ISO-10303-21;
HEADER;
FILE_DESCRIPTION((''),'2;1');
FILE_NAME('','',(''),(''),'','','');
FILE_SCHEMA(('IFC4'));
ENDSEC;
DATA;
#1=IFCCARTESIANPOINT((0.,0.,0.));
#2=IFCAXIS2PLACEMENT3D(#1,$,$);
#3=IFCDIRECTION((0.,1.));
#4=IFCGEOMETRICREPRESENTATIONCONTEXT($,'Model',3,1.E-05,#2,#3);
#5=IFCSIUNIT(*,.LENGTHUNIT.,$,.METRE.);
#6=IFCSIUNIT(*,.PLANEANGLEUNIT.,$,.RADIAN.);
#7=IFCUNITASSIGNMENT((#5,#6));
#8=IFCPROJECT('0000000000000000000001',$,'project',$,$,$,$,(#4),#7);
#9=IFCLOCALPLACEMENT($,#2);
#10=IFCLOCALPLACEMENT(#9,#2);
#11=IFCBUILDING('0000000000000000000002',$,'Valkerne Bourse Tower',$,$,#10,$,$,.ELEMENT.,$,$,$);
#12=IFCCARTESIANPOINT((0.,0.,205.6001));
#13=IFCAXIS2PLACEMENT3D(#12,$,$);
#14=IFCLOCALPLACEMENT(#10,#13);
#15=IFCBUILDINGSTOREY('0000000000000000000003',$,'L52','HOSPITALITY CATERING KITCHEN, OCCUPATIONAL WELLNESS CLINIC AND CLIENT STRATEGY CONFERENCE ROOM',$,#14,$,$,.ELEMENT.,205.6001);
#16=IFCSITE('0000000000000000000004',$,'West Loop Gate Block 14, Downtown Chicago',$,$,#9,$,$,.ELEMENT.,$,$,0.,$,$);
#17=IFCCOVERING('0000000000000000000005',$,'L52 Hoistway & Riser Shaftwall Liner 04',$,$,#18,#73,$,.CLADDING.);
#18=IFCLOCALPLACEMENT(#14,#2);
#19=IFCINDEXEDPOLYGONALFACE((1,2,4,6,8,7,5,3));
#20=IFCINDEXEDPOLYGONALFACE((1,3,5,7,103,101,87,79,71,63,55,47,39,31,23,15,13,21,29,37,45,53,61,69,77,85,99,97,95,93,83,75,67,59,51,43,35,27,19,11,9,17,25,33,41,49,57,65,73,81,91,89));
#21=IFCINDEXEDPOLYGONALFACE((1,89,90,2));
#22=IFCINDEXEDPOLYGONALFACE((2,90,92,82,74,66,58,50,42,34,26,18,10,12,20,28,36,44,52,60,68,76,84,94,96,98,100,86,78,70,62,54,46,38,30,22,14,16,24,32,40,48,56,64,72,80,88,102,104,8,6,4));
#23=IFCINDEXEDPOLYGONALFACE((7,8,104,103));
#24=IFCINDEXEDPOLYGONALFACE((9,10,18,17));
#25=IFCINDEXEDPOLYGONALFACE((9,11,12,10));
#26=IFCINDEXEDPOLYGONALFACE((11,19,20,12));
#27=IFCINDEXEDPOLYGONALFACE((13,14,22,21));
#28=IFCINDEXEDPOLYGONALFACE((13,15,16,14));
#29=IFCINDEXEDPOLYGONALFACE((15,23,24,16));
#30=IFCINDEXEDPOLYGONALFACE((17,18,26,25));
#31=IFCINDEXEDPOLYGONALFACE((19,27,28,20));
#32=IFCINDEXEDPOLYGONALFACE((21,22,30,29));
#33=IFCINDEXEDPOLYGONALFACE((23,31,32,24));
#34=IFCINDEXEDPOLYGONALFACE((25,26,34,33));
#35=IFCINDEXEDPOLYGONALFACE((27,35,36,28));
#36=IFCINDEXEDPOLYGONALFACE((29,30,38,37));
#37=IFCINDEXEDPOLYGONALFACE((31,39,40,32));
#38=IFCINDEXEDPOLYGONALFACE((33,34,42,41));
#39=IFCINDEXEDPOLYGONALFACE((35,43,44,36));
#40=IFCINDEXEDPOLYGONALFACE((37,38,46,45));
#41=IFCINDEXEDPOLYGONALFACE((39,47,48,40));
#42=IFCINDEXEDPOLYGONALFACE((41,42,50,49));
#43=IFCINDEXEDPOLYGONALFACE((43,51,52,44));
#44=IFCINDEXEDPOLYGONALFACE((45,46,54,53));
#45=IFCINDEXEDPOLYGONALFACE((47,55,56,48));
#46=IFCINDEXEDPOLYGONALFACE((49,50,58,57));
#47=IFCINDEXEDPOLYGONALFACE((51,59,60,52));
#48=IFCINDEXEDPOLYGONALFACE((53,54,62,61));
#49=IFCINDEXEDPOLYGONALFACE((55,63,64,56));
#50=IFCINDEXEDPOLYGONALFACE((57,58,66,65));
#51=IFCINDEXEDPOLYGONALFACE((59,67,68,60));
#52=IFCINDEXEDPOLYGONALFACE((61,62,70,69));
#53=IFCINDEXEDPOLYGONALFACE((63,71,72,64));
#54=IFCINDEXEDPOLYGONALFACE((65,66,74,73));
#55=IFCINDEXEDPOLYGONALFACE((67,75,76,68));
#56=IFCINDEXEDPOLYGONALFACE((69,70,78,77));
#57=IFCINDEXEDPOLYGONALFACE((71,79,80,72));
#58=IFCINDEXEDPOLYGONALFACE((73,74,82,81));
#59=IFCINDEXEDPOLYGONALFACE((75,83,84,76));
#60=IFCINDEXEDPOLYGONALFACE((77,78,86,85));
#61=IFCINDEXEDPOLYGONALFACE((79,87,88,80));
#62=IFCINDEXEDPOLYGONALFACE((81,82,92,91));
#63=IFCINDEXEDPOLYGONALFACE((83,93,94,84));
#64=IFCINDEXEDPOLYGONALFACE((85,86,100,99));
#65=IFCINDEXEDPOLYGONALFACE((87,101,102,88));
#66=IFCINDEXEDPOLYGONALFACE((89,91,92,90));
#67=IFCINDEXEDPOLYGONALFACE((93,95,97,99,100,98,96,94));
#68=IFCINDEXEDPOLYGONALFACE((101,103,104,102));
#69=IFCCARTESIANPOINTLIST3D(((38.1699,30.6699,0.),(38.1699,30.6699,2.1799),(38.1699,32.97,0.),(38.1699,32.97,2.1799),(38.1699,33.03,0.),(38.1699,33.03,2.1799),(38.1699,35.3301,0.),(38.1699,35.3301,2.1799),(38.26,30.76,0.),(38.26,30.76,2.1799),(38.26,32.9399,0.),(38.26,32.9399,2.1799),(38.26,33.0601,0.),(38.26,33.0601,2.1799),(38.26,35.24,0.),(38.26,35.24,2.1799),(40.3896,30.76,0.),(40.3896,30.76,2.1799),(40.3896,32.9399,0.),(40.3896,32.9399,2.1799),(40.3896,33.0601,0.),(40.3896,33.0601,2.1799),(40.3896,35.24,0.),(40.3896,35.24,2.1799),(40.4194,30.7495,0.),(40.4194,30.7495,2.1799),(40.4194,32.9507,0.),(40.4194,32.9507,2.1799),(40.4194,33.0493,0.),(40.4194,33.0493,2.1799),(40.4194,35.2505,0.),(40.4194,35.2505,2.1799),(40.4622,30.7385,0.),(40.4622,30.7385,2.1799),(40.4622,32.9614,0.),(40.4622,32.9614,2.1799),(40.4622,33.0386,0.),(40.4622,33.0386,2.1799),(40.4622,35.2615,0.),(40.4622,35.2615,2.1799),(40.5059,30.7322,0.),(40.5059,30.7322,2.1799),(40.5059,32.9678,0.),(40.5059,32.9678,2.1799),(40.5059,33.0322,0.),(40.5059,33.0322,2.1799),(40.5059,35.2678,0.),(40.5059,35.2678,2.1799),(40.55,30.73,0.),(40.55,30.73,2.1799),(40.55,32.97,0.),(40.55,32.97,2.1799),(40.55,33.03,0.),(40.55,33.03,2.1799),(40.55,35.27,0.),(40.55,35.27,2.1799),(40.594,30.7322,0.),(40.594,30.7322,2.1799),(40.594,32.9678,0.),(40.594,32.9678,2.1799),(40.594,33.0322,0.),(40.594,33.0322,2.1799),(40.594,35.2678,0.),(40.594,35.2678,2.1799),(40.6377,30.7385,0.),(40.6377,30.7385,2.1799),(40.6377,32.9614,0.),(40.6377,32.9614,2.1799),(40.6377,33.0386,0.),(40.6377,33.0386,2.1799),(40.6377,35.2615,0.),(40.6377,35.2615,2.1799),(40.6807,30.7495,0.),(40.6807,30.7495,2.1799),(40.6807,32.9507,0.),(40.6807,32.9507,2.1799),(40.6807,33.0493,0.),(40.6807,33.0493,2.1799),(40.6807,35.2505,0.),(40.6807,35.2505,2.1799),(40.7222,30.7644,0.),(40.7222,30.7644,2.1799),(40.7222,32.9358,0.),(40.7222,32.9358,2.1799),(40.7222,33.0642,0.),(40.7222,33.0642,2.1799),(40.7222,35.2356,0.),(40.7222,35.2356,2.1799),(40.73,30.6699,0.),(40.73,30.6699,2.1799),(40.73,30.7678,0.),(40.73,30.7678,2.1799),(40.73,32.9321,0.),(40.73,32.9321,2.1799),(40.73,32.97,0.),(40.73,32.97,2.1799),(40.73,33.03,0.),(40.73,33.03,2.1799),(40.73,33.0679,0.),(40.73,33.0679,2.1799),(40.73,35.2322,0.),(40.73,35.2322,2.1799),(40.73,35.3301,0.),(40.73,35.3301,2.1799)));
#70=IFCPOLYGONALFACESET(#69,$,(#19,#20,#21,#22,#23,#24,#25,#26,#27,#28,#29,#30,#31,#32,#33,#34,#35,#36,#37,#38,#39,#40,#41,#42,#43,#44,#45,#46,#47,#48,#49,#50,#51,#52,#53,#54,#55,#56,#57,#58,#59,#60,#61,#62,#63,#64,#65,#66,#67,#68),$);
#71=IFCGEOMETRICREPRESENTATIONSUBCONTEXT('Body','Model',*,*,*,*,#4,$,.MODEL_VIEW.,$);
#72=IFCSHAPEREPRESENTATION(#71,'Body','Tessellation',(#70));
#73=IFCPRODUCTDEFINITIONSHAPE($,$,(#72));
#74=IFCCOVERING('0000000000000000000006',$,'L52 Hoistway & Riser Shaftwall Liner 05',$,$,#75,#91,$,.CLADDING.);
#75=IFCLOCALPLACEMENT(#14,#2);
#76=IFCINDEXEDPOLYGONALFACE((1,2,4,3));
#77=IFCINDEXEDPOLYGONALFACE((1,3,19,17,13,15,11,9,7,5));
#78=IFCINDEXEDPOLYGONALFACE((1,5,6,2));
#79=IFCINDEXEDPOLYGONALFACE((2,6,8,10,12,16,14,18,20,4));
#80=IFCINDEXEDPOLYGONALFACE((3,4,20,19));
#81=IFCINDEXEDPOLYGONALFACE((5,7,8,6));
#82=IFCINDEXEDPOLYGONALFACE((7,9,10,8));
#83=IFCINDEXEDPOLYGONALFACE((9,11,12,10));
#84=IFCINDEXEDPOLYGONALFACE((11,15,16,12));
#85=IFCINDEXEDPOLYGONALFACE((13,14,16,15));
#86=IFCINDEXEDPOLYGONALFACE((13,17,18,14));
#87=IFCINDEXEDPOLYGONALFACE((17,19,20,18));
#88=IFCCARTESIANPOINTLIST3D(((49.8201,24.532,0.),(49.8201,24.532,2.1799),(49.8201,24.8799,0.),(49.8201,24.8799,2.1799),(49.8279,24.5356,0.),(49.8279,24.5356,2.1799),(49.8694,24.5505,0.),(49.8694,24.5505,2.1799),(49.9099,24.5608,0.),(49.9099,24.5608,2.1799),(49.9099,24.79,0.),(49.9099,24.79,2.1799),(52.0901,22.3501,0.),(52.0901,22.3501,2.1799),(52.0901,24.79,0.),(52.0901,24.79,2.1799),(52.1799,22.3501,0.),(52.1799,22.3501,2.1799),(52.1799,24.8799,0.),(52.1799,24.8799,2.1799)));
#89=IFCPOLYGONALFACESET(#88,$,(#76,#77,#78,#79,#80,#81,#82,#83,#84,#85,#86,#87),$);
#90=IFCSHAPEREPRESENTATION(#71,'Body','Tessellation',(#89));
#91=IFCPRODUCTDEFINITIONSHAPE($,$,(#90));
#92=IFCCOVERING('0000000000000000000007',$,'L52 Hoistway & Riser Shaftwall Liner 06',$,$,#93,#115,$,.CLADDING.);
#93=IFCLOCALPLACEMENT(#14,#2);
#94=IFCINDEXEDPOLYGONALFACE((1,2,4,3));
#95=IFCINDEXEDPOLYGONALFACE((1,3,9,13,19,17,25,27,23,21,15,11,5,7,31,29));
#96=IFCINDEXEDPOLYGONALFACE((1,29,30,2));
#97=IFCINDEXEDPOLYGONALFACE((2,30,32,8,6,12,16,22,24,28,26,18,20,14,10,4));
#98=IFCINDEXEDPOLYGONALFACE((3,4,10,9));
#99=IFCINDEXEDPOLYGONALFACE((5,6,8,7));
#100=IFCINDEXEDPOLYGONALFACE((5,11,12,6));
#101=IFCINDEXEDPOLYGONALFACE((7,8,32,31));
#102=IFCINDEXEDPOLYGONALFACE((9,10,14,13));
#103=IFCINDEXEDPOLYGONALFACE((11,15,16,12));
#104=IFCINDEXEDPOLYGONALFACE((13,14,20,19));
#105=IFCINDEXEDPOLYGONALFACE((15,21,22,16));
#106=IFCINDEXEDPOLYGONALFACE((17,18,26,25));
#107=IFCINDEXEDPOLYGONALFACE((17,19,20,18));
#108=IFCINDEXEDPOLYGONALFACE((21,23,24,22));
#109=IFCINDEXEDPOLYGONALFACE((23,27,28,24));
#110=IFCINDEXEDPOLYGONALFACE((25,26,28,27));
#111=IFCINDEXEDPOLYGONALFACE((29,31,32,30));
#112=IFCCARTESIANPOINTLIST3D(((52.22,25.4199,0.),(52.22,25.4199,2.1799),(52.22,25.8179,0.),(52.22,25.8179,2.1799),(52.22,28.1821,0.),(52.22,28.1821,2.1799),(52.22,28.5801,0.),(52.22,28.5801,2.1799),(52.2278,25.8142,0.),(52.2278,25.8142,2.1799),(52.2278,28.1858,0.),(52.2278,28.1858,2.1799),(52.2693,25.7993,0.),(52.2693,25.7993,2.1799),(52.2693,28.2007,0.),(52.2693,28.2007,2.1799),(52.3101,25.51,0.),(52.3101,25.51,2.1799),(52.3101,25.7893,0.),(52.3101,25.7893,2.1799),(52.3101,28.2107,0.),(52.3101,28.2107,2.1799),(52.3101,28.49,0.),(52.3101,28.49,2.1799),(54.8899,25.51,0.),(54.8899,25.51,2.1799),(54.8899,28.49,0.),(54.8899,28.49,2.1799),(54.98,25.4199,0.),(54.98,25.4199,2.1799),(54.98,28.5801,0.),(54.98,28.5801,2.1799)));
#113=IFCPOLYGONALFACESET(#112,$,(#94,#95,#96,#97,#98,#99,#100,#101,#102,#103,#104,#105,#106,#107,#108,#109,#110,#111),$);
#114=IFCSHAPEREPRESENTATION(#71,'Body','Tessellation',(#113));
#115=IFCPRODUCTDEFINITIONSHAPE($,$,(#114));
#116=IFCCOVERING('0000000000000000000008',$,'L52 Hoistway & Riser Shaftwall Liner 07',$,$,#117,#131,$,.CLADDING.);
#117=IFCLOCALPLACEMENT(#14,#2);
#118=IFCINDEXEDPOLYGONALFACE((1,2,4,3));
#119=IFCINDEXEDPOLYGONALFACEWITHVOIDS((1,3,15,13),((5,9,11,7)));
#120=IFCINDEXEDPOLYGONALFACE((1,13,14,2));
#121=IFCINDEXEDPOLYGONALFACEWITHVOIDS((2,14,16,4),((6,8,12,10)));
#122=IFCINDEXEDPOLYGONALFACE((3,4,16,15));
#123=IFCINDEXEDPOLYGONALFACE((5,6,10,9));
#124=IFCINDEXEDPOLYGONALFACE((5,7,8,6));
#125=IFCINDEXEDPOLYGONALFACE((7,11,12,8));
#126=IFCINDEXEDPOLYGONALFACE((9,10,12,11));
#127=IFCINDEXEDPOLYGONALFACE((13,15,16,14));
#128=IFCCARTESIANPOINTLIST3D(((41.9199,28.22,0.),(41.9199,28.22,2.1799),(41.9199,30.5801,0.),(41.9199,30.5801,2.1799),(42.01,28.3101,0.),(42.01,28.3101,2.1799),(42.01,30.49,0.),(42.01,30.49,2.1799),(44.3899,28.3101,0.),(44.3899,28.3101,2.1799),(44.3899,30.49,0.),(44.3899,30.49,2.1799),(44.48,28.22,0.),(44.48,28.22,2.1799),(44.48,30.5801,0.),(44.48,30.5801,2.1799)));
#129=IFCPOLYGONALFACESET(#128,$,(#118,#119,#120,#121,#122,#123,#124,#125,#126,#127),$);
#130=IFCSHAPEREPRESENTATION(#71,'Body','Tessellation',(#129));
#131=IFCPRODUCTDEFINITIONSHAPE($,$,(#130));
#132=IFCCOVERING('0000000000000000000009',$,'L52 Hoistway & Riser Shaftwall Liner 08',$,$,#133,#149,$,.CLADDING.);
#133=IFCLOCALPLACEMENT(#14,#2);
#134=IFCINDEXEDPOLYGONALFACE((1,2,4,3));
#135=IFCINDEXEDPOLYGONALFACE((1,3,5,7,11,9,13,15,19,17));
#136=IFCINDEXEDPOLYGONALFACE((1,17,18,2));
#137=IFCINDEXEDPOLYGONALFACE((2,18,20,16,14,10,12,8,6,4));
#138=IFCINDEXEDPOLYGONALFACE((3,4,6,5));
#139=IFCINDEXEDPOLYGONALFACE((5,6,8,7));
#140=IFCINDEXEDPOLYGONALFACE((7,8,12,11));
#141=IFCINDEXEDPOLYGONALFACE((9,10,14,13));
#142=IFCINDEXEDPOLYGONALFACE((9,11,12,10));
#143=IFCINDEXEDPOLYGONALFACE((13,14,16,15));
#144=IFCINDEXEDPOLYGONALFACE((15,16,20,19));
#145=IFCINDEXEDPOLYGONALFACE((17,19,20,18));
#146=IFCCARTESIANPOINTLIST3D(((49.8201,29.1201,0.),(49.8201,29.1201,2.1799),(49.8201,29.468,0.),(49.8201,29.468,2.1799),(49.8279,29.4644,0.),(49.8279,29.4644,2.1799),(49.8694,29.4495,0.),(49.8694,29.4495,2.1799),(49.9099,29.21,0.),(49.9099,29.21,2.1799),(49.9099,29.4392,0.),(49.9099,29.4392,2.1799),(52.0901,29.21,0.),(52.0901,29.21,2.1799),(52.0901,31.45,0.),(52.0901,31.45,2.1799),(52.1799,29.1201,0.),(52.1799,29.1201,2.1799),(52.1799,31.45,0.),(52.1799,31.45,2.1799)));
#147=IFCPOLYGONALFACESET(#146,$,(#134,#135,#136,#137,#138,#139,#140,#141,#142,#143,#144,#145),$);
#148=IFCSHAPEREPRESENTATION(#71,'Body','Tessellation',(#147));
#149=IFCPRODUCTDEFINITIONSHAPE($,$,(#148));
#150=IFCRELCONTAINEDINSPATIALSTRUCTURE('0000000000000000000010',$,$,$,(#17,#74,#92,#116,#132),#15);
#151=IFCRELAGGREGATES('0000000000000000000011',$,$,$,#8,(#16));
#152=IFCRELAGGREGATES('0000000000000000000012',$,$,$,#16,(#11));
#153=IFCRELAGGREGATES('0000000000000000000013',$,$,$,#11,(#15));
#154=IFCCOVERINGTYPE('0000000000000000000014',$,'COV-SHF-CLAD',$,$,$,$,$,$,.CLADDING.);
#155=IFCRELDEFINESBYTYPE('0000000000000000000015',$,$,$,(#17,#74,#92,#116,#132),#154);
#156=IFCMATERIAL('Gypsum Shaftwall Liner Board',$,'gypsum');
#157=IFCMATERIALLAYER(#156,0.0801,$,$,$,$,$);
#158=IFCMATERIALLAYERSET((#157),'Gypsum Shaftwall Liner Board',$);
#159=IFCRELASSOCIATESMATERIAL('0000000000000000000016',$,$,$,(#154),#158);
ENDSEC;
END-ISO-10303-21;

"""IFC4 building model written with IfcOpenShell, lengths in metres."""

from ifc_helpers import new_model, si_unit, direction, frame, origin, place, context, subcontext, project, spatial, polyline, outline, extrude, material, layer, layer_set, type_object, element, save


model = new_model("IFC4")

# Units and contexts
model_context = context("Model", 3, precision=1e-05, world=origin(), true_north=direction((0.0, 1.0)))
body_context = subcontext(model_context, "Body", "Model", "MODEL_VIEW")
ifc_project = project(units=[si_unit("LENGTHUNIT", "METRE"), si_unit("PLANEANGLEUNIT", "RADIAN")], contexts=[model_context])

# Site, building, storey
site_placement = place(None, origin())
site = spatial("IfcSite", under=ifc_project, at=site_placement, Name="West Loop Gate Block 14, Downtown Chicago", CompositionType="ELEMENT", RefElevation=0.0)
building_placement = place(site_placement, origin())
building = spatial("IfcBuilding", under=site, at=building_placement, Name="Valkerne Bourse Tower", CompositionType="ELEMENT")
storey_placement = place(building_placement, frame((0.0, 0.0, 205.6001)))
storey = spatial("IfcBuildingStorey", under=building, at=storey_placement, Name="L52", Description="HOSPITALITY CATERING KITCHEN, OCCUPATIONAL WELLNESS CLINIC AND CLIENT STRATEGY CONFERENCE ROOM", CompositionType="ELEMENT", Elevation=205.6001)

# Coverings
ifc_material_1 = material(Name="Gypsum Shaftwall Liner Board", Category="gypsum")
ifc_layer_1 = layer(ifc_material_1, 0.0801)
ifc_layer_set_1 = layer_set([ifc_layer_1], Name="Gypsum Shaftwall Liner Board")
covering_type_1 = type_object("IfcCoveringType", Name="COV-SHF-CLAD", PredefinedType="CLADDING", material=ifc_layer_set_1)
covering_1_placement = place(storey_placement, origin())
element("IfcCovering", 1, at=covering_1_placement, inside=storey, type_object=covering_type_1, Name="L52 Hoistway & Riser Shaftwall Liner 04", PredefinedType="CLADDING", context=body_context, shape_type="SweptSolid", body=[
    extrude(outline(polyline([(38.1699, 35.3301), (40.73, 35.3301), (40.73, 35.2322), (40.7222, 35.2356), (40.6807, 35.2505), (40.6377, 35.2615), (40.594, 35.2678), (40.55, 35.27), (40.5059, 35.2678), (40.4622, 35.2615), (40.4194, 35.2505), (40.3896, 35.24), (38.26, 35.24), (38.26, 33.0601), (40.3896, 33.0601), (40.4194, 33.0493), (40.4622, 33.0386), (40.5059, 33.0322), (40.55, 33.03), (40.594, 33.0322), (40.6377, 33.0386), (40.6807, 33.0493), (40.7222, 33.0642), (40.73, 33.0679), (40.73, 33.03), (40.73, 32.97), (40.73, 32.9321), (40.7222, 32.9358), (40.6807, 32.9507), (40.6377, 32.9614), (40.594, 32.9678), (40.55, 32.97), (40.5059, 32.9678), (40.4622, 32.9614), (40.4194, 32.9507), (40.3896, 32.9399), (38.26, 32.9399), (38.26, 30.76), (40.3896, 30.76), (40.4194, 30.7495), (40.4622, 30.7385), (40.5059, 30.7322), (40.55, 30.73), (40.594, 30.7322), (40.6377, 30.7385), (40.6807, 30.7495), (40.7222, 30.7644), (40.73, 30.7678), (40.73, 30.6699), (38.1699, 30.6699), (38.1699, 32.97), (38.1699, 33.03), (38.1699, 35.3301)])), origin(), (0.0, 0.0, 1.0), 2.1799),
])
covering_2_placement = place(storey_placement, origin())
element("IfcCovering", 2, at=covering_2_placement, inside=storey, type_object=covering_type_1, Name="L52 Hoistway & Riser Shaftwall Liner 05", PredefinedType="CLADDING", context=body_context, shape_type="SweptSolid", body=[
    extrude(outline(polyline([(52.1799, 22.3501), (52.0901, 22.3501), (52.0901, 24.79), (49.9099, 24.79), (49.9099, 24.5608), (49.8694, 24.5505), (49.8279, 24.5356), (49.8201, 24.532), (49.8201, 24.8799), (52.1799, 24.8799), (52.1799, 22.3501)])), origin(), (0.0, 0.0, 1.0), 2.1799),
])
covering_3_placement = place(storey_placement, origin())
element("IfcCovering", 3, at=covering_3_placement, inside=storey, type_object=covering_type_1, Name="L52 Hoistway & Riser Shaftwall Liner 06", PredefinedType="CLADDING", context=body_context, shape_type="SweptSolid", body=[
    extrude(outline(polyline([(54.98, 25.4199), (52.22, 25.4199), (52.22, 25.8179), (52.2278, 25.8142), (52.2693, 25.7993), (52.3101, 25.7893), (52.3101, 25.51), (54.8899, 25.51), (54.8899, 28.49), (52.3101, 28.49), (52.3101, 28.2107), (52.2693, 28.2007), (52.2278, 28.1858), (52.22, 28.1821), (52.22, 28.5801), (54.98, 28.5801), (54.98, 25.4199)])), origin(), (0.0, 0.0, 1.0), 2.1799),
])
covering_4_placement = place(storey_placement, origin())
element("IfcCovering", 4, at=covering_4_placement, inside=storey, type_object=covering_type_1, Name="L52 Hoistway & Riser Shaftwall Liner 07", PredefinedType="CLADDING", context=body_context, shape_type="SweptSolid", body=[
    extrude(outline(polyline([(44.48, 28.22), (41.9199, 28.22), (41.9199, 30.5801), (44.48, 30.5801), (44.48, 28.22)]), holes=[polyline([(42.01, 30.49), (42.01, 28.3101), (44.3899, 28.3101), (44.3899, 30.49), (42.01, 30.49)])]), origin(), (0.0, 0.0, 1.0), 2.1799),
])
covering_5_placement = place(storey_placement, origin())
element("IfcCovering", 5, at=covering_5_placement, inside=storey, type_object=covering_type_1, Name="L52 Hoistway & Riser Shaftwall Liner 08", PredefinedType="CLADDING", context=body_context, shape_type="SweptSolid", body=[
    extrude(outline(polyline([(49.8201, 29.1201), (49.8201, 29.468), (49.8279, 29.4644), (49.8694, 29.4495), (49.9099, 29.4392), (49.9099, 29.21), (52.0901, 29.21), (52.0901, 31.45), (52.1799, 31.45), (52.1799, 29.1201), (49.8201, 29.1201)])), origin(), (0.0, 0.0, 1.0), 2.1799),
])

save(model, "model.ifc")
